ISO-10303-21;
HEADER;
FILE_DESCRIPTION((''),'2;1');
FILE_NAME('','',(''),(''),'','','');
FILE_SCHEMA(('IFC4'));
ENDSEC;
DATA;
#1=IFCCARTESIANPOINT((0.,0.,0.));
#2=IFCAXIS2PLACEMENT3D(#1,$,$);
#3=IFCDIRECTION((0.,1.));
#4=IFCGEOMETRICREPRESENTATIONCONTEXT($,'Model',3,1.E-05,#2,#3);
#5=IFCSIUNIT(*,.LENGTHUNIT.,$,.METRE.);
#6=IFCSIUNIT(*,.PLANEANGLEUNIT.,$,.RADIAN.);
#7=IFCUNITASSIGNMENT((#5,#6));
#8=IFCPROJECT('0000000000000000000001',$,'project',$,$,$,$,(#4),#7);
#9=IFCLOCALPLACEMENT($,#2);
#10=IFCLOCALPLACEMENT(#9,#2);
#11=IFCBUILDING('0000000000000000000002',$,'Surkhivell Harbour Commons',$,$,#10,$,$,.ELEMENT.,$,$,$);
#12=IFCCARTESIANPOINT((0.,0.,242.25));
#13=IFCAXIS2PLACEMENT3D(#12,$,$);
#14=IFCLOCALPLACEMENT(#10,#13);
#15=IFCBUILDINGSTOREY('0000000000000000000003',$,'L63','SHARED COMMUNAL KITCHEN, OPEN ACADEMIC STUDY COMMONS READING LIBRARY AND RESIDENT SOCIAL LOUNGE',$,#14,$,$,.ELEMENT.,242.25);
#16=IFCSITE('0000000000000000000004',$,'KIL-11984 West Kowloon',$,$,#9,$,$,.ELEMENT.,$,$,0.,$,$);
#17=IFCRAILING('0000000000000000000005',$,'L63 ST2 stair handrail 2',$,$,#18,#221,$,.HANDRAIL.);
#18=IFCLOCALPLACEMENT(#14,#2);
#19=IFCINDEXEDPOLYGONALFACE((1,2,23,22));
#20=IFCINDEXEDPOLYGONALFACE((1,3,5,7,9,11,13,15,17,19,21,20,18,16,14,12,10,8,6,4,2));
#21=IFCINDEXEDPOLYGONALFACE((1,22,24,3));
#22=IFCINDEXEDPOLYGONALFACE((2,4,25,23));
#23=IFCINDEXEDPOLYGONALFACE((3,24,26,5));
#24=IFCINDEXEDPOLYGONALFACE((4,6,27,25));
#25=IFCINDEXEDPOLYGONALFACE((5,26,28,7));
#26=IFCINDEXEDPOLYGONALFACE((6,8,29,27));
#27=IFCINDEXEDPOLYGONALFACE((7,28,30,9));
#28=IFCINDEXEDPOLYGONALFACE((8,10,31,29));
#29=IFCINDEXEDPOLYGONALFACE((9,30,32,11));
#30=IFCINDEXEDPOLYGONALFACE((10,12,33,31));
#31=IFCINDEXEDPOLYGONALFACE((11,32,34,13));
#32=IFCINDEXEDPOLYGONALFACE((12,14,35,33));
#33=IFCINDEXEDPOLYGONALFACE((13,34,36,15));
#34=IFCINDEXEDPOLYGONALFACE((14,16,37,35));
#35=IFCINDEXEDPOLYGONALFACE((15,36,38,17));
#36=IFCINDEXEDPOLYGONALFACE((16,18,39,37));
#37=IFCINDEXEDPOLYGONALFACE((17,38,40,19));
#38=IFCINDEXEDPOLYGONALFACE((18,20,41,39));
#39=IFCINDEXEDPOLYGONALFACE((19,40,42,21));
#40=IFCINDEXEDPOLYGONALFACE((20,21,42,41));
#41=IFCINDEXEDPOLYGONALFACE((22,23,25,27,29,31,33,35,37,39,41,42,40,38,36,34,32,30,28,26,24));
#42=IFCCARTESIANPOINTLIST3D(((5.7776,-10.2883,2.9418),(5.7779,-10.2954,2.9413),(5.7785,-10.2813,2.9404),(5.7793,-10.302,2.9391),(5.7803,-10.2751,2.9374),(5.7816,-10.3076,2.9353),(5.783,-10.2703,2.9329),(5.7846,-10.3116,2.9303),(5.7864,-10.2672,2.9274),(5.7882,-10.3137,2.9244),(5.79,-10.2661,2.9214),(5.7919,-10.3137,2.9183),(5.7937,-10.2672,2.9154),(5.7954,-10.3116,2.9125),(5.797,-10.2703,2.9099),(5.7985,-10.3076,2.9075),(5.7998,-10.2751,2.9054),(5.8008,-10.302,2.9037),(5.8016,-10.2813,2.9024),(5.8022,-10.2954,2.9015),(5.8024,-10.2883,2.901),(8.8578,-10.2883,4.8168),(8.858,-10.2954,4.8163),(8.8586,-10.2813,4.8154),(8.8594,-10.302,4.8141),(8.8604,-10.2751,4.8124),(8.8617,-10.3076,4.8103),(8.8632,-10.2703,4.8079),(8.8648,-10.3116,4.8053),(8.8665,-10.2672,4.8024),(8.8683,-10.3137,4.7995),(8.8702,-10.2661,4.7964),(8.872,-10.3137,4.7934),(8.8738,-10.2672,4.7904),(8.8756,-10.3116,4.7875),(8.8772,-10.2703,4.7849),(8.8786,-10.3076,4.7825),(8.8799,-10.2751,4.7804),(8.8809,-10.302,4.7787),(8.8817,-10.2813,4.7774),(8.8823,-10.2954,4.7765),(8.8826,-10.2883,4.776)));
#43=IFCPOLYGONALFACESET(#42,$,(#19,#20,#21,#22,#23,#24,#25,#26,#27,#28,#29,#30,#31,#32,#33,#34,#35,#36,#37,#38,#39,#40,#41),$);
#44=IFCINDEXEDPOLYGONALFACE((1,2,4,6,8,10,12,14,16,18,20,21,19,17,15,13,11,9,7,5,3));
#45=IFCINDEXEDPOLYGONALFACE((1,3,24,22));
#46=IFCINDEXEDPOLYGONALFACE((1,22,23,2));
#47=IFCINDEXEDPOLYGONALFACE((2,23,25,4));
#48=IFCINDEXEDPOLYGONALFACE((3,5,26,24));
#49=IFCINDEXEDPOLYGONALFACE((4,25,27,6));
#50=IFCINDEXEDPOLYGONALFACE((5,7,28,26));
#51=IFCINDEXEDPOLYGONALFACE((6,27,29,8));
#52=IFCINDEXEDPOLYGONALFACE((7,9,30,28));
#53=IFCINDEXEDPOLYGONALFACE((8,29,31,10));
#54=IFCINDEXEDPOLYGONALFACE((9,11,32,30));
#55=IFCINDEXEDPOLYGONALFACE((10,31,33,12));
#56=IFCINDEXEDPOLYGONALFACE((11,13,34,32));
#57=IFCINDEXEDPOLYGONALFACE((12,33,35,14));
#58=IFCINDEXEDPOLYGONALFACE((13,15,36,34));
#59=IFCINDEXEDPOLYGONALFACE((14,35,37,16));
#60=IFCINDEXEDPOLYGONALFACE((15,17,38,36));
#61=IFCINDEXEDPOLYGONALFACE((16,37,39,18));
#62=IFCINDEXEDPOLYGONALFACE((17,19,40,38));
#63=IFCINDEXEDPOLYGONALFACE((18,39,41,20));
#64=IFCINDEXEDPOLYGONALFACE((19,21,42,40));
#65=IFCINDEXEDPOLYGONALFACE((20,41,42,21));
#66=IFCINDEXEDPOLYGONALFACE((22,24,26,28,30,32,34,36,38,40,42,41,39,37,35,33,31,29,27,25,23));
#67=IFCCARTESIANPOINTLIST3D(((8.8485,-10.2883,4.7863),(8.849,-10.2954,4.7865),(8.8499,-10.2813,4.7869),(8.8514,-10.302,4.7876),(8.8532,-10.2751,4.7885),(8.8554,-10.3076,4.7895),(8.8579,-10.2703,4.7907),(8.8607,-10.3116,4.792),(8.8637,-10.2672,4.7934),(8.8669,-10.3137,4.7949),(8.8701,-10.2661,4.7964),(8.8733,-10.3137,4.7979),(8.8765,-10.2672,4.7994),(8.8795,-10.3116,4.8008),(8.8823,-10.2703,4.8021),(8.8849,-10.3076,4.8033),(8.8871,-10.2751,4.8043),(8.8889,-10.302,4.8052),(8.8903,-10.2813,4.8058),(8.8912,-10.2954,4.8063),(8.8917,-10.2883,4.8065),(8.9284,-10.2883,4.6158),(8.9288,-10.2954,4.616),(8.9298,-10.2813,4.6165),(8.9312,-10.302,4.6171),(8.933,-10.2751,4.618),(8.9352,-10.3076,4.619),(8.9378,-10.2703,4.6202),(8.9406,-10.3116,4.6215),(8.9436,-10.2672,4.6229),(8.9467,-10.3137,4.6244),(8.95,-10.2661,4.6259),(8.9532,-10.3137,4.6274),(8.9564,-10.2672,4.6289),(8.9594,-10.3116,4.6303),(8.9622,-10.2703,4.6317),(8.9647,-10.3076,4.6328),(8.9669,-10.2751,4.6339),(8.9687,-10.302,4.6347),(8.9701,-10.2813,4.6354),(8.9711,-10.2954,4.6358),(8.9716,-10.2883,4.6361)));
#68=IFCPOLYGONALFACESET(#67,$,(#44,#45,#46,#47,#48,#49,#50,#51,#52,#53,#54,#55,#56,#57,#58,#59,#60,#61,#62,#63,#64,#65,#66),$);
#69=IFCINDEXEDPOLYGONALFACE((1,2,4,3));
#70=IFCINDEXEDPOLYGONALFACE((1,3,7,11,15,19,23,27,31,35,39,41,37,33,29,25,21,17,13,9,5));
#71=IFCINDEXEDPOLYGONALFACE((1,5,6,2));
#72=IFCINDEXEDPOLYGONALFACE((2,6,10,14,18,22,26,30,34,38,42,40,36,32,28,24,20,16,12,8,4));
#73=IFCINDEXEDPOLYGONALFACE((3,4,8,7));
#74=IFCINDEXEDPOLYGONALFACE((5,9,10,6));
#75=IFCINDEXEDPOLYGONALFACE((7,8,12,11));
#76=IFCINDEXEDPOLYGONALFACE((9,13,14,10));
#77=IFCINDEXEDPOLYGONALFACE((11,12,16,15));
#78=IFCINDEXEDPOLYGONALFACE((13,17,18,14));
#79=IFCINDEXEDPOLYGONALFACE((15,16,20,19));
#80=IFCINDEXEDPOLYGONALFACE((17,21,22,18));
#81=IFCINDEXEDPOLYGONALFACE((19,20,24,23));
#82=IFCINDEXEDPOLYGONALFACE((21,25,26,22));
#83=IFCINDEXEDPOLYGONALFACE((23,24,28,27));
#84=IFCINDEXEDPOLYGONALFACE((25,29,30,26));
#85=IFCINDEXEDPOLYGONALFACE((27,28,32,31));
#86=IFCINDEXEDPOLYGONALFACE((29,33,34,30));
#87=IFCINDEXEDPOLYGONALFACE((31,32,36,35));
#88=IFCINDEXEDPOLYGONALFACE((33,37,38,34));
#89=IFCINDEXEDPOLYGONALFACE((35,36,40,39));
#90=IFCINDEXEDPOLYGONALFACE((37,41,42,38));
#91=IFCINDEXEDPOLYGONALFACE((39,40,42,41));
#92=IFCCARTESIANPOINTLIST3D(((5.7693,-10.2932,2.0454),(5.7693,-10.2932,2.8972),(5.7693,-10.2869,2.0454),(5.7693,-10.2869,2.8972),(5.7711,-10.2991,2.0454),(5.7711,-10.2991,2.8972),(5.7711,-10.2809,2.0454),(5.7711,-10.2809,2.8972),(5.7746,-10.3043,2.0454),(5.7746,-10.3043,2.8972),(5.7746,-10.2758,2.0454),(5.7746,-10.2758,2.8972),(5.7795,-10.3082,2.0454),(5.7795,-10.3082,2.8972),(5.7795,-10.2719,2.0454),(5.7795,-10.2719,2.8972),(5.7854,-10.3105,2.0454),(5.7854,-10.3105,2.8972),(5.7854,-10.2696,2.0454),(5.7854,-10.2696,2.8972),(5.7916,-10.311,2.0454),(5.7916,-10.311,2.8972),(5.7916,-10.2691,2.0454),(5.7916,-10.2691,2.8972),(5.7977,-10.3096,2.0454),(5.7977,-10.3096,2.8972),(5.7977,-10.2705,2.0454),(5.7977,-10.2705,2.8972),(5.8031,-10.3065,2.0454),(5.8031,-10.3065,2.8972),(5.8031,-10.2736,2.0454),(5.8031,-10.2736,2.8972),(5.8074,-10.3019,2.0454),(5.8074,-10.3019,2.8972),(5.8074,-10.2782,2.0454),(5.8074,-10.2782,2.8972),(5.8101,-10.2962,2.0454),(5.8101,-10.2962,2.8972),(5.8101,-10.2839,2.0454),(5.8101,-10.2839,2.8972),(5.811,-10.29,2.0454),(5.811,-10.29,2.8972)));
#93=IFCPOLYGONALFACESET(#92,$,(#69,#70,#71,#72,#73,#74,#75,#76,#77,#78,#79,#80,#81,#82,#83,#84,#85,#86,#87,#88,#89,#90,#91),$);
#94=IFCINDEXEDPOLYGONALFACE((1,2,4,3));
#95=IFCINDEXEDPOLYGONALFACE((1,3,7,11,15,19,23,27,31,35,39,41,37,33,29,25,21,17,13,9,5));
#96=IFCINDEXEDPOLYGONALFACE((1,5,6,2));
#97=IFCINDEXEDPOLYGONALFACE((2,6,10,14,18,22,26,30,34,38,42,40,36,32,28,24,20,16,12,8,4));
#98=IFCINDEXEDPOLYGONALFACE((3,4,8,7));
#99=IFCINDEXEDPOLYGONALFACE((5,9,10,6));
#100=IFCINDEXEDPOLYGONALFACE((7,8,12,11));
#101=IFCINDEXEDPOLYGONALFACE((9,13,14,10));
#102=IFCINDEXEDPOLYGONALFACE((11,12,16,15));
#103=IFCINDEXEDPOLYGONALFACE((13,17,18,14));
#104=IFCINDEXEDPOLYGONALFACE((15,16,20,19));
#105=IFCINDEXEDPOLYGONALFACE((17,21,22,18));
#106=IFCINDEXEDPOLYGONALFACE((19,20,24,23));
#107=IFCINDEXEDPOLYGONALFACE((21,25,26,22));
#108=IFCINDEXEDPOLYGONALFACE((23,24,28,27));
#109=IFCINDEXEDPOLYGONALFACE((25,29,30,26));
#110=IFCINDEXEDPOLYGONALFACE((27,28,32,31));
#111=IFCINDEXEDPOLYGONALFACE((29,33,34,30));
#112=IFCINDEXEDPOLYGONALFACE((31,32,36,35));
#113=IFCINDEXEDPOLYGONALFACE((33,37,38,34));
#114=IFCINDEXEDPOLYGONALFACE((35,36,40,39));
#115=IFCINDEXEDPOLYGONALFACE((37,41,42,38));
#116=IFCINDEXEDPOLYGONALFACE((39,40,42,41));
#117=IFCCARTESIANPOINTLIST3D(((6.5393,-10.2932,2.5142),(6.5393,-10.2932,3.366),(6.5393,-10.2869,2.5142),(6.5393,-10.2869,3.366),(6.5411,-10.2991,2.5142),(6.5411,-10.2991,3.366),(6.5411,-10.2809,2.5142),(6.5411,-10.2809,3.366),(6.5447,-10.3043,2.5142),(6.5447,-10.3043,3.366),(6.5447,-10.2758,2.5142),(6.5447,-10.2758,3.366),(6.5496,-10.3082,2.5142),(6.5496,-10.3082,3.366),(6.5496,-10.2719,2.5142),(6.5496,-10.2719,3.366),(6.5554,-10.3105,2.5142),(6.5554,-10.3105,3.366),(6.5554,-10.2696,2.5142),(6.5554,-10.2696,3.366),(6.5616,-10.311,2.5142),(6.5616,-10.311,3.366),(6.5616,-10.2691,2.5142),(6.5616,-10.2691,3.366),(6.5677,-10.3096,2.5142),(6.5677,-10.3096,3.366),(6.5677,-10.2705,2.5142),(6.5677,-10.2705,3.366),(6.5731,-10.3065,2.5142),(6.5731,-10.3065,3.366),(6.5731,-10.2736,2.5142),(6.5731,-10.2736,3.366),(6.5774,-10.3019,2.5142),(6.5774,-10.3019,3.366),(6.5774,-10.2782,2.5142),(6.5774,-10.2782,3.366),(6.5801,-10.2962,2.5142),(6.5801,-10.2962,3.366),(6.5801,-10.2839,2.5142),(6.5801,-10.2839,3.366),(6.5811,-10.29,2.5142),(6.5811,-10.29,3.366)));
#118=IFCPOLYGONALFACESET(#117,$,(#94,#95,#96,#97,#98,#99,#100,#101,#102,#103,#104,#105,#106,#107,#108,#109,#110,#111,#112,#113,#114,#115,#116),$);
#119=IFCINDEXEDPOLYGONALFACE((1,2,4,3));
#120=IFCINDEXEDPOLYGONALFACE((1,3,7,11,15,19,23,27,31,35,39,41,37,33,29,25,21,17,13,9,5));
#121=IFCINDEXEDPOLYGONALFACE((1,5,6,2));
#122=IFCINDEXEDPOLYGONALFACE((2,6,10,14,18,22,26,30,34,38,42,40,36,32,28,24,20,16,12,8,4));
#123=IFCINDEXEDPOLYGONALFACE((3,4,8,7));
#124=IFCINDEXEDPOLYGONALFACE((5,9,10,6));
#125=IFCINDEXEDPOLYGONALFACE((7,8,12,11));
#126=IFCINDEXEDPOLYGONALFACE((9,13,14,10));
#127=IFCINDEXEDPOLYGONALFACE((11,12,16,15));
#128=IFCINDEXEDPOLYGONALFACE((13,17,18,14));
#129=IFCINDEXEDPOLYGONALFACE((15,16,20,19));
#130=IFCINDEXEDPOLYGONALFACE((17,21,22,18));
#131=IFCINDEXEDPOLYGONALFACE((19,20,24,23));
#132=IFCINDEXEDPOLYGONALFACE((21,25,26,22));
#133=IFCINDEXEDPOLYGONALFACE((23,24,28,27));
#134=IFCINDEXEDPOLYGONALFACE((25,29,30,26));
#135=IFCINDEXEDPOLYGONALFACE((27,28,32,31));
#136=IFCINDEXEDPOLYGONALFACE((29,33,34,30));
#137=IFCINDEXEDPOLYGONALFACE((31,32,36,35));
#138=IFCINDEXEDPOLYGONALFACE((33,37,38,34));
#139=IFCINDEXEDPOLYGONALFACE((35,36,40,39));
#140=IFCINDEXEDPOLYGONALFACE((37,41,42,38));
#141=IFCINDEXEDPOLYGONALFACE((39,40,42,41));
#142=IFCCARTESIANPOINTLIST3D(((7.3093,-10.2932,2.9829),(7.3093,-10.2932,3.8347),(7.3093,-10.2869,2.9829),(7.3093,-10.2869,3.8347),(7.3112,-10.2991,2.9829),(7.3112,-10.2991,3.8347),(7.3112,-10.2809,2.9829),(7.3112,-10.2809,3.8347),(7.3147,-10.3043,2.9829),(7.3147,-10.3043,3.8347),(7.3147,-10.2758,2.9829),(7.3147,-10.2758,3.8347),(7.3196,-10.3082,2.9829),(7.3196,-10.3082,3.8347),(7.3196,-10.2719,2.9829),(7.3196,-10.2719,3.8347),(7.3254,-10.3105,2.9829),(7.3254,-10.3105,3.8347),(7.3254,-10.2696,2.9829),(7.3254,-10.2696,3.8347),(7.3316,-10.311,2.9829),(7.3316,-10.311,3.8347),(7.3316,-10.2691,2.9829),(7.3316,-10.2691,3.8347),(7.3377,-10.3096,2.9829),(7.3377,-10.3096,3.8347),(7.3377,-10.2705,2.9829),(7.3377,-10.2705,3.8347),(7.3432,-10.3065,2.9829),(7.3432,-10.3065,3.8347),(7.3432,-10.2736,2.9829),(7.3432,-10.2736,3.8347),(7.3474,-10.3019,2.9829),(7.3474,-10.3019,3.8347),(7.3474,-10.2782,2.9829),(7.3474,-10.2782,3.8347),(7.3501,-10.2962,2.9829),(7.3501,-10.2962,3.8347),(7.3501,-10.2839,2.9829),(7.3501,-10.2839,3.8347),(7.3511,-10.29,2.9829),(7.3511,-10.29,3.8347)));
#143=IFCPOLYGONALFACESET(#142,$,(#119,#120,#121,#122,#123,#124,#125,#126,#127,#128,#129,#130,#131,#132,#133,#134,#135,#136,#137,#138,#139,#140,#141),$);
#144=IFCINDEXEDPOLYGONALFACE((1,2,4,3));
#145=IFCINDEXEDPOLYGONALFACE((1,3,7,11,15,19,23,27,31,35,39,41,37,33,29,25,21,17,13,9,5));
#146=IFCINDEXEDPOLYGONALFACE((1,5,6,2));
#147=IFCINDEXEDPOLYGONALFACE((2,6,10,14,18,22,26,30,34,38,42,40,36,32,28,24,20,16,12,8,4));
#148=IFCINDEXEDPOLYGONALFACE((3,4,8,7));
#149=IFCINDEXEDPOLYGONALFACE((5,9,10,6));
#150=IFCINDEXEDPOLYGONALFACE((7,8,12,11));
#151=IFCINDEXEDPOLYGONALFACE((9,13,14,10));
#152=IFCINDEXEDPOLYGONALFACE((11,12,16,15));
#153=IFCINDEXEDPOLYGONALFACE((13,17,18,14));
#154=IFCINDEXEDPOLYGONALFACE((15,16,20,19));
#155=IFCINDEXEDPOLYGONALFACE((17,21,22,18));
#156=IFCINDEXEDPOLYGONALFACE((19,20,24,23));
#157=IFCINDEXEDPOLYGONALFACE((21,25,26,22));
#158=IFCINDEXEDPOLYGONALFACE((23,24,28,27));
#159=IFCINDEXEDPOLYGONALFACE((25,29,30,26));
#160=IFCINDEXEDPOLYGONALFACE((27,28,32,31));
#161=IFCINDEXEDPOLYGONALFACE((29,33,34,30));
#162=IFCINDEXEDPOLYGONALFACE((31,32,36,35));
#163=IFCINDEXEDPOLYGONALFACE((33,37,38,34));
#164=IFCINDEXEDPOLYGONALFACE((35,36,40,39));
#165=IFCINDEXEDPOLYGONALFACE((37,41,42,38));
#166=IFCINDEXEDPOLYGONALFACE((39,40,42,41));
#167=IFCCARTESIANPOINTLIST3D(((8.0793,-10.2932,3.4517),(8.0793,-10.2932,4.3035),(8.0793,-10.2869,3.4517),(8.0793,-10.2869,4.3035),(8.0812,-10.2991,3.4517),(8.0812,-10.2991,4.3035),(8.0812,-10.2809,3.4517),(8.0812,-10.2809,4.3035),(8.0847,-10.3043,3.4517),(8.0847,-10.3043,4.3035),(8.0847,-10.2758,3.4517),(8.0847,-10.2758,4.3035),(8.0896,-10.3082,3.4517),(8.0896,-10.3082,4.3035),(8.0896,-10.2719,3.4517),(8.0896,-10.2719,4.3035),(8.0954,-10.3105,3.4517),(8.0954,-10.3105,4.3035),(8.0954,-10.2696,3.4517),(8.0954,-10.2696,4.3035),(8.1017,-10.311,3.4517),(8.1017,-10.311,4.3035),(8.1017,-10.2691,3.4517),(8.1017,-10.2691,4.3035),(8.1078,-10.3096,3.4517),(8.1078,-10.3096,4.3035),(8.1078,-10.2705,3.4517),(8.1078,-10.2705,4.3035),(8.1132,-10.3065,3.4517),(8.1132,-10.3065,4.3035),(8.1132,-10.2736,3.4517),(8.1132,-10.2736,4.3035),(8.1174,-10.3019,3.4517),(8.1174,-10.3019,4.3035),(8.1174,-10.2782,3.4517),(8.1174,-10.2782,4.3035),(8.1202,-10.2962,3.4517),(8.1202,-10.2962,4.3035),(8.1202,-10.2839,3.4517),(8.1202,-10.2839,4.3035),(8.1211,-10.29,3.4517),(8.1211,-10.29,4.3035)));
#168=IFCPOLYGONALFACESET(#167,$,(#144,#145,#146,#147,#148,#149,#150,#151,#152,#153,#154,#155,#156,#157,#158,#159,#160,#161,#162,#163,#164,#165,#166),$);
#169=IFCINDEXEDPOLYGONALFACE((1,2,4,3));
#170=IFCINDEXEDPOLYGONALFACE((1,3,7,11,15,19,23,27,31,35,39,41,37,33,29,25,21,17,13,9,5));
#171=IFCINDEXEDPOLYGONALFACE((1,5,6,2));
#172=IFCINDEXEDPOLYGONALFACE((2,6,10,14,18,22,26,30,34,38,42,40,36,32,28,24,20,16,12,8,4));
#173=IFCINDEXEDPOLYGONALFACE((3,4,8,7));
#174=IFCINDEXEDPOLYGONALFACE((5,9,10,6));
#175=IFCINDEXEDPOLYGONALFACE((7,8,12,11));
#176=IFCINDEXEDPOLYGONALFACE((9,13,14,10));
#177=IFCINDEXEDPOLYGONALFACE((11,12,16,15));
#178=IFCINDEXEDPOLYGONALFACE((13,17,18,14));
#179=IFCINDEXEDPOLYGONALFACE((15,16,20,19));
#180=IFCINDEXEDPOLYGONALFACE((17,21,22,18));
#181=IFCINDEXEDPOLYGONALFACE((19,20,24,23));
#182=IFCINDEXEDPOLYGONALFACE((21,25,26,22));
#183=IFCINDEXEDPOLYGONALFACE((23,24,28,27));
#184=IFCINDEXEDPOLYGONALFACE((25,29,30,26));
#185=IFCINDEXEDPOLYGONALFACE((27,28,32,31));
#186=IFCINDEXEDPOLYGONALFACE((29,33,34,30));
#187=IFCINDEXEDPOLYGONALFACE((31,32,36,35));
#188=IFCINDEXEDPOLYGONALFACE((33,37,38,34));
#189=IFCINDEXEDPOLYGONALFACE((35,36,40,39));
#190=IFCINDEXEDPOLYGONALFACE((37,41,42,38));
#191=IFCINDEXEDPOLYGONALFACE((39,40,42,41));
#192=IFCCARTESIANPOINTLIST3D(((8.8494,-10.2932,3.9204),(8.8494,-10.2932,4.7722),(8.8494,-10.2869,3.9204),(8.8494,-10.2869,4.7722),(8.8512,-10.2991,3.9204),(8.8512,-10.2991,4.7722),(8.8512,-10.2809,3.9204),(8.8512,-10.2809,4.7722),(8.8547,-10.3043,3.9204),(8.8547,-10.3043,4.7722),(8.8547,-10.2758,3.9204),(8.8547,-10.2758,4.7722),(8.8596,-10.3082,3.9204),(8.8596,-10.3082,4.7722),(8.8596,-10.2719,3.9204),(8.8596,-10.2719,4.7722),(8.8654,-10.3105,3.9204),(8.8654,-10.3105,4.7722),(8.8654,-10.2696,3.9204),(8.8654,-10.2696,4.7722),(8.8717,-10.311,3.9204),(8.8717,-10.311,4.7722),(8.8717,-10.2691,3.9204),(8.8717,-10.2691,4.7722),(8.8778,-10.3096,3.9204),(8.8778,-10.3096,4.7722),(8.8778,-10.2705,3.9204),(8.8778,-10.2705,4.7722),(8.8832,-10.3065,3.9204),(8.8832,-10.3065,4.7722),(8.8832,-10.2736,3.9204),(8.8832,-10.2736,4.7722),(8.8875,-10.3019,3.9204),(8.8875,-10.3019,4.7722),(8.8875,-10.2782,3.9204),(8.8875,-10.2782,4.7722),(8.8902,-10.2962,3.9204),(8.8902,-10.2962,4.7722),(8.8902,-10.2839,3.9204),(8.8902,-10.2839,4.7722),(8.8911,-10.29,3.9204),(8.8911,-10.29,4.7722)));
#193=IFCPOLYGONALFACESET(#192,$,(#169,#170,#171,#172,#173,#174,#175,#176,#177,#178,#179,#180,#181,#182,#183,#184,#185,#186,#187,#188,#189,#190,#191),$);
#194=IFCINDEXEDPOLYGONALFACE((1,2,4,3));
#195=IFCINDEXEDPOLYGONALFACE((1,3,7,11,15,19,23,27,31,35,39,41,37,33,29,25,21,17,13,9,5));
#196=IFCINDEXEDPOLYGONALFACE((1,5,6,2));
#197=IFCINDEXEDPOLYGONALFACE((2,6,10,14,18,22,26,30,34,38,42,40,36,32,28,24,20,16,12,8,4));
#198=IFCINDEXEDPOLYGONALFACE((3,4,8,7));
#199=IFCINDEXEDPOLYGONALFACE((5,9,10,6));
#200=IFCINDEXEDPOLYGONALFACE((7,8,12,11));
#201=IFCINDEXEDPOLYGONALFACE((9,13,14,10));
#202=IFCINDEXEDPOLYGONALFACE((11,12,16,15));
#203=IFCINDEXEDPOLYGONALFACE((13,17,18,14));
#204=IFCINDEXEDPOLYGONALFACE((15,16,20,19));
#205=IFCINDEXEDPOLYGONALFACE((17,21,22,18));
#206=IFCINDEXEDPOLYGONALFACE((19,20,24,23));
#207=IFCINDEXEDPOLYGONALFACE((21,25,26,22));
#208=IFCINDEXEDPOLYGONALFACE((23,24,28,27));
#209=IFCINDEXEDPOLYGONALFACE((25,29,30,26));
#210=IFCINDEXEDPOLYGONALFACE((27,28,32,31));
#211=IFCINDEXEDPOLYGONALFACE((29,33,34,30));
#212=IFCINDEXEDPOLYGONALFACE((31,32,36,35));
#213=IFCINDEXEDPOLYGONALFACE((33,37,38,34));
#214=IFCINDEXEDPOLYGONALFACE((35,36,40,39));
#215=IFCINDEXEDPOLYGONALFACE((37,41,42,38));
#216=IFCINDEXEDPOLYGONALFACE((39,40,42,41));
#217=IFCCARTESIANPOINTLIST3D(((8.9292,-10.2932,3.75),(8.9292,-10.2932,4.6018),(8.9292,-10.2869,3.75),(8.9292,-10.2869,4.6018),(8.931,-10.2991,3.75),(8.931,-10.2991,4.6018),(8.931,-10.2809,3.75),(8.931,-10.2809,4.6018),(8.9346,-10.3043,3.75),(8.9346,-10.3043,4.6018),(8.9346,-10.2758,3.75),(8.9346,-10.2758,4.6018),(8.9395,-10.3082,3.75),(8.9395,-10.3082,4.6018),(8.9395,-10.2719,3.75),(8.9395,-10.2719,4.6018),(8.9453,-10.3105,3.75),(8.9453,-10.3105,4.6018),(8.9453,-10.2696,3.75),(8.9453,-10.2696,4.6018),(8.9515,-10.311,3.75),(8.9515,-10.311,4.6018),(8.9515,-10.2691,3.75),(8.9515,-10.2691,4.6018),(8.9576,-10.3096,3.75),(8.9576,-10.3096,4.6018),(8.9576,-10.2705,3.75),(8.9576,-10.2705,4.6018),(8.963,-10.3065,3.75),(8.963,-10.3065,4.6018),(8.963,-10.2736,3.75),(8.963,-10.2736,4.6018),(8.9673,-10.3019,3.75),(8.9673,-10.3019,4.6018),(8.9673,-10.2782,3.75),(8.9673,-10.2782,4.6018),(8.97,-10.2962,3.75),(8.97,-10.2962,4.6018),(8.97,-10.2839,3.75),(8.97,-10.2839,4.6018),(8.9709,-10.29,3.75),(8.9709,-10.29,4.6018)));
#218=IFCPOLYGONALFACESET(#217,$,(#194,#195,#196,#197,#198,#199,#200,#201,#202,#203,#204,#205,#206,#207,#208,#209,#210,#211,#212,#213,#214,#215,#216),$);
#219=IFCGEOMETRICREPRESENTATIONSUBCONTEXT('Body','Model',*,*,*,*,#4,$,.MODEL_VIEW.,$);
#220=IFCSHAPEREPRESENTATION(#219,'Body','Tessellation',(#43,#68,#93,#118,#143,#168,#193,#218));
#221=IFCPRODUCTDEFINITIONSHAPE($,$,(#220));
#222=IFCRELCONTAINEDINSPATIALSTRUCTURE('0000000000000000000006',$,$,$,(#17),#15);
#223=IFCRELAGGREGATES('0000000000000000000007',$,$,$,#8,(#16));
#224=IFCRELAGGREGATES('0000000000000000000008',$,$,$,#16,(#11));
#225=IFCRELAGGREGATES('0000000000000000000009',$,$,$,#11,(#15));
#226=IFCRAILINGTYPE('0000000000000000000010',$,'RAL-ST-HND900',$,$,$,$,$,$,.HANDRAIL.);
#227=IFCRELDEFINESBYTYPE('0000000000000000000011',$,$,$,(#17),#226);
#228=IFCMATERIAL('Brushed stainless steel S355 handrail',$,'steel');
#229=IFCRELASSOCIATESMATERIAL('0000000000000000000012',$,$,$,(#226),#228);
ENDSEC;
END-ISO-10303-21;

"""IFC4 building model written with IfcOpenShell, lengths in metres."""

from ifc_helpers import new_model, si_unit, direction, frame, origin, origin_2d, place, context, subcontext, project, spatial, circle, extrude, material, type_object, element, save


model = new_model("IFC4")

# Units and contexts
model_context = context("Model", 3, precision=1e-05, world=origin(), true_north=direction((0.0, 1.0)))
body_context = subcontext(model_context, "Body", "Model", "MODEL_VIEW")
ifc_project = project(units=[si_unit("LENGTHUNIT", "METRE"), si_unit("PLANEANGLEUNIT", "RADIAN")], contexts=[model_context])

# Site, building, storey
site_placement = place(None, origin())
site = spatial("IfcSite", under=ifc_project, at=site_placement, Name="KIL-11984 West Kowloon", CompositionType="ELEMENT", RefElevation=0.0)
building_placement = place(site_placement, origin())
building = spatial("IfcBuilding", under=site, at=building_placement, Name="Surkhivell Harbour Commons", CompositionType="ELEMENT")
storey_placement = place(building_placement, frame((0.0, 0.0, 242.25)))
storey = spatial("IfcBuildingStorey", under=building, at=storey_placement, Name="L63", Description="SHARED COMMUNAL KITCHEN, OPEN ACADEMIC STUDY COMMONS READING LIBRARY AND RESIDENT SOCIAL LOUNGE", CompositionType="ELEMENT", Elevation=242.25)

# Railing
ifc_material_1 = material(Name="Brushed stainless steel S355 handrail", Category="steel")
railing_type_1 = type_object("IfcRailingType", Name="RAL-ST-HND900", PredefinedType="HANDRAIL", material=ifc_material_1)
railing_1_placement = place(storey_placement, frame((5.79, -10.29, 2.0454)))
element("IfcRailing", 1, at=railing_1_placement, inside=storey, type_object=railing_type_1, Name="L63 ST2 stair handrail 2", PredefinedType="HANDRAIL", context=body_context, shape_type="SweptSolid", body=[
    extrude(circle(Radius=0.0239, at=origin_2d()), frame((0.0, 0.0, 0.876), z_axis=(0.854178, 0.0, 0.519981), x_axis=(0.0, 1.0, 0.0)), (0.0, 0.0, 1.0), 3.606),
    extrude(circle(Radius=0.0239, at=origin_2d()), frame((3.0801, 0.0, 2.751), z_axis=(0.424234, 0.0, -0.905552), x_axis=(0.0, 1.0, 0.0)), (0.0, 0.0, 1.0), 0.1882),
    extrude(circle(Radius=0.021, at=origin_2d()), origin(), (0.0, 0.0, 1.0), 0.8518),
    extrude(circle(Radius=0.021, at=origin_2d()), frame((0.77, 0.0, 0.4688)), (0.0, 0.0, 1.0), 0.8518),
    extrude(circle(Radius=0.021, at=origin_2d()), frame((1.54, 0.0, 0.9375)), (0.0, 0.0, 1.0), 0.8518),
    extrude(circle(Radius=0.021, at=origin_2d()), frame((2.3101, 0.0, 1.4062)), (0.0, 0.0, 1.0), 0.8518),
    extrude(circle(Radius=0.021, at=origin_2d()), frame((3.0801, 0.0, 1.875)), (0.0, 0.0, 1.0), 0.8518),
    extrude(circle(Radius=0.021, at=origin_2d()), frame((3.1599, 0.0, 1.7046)), (0.0, 0.0, 1.0), 0.8518),
])

save(model, "model.ifc")
